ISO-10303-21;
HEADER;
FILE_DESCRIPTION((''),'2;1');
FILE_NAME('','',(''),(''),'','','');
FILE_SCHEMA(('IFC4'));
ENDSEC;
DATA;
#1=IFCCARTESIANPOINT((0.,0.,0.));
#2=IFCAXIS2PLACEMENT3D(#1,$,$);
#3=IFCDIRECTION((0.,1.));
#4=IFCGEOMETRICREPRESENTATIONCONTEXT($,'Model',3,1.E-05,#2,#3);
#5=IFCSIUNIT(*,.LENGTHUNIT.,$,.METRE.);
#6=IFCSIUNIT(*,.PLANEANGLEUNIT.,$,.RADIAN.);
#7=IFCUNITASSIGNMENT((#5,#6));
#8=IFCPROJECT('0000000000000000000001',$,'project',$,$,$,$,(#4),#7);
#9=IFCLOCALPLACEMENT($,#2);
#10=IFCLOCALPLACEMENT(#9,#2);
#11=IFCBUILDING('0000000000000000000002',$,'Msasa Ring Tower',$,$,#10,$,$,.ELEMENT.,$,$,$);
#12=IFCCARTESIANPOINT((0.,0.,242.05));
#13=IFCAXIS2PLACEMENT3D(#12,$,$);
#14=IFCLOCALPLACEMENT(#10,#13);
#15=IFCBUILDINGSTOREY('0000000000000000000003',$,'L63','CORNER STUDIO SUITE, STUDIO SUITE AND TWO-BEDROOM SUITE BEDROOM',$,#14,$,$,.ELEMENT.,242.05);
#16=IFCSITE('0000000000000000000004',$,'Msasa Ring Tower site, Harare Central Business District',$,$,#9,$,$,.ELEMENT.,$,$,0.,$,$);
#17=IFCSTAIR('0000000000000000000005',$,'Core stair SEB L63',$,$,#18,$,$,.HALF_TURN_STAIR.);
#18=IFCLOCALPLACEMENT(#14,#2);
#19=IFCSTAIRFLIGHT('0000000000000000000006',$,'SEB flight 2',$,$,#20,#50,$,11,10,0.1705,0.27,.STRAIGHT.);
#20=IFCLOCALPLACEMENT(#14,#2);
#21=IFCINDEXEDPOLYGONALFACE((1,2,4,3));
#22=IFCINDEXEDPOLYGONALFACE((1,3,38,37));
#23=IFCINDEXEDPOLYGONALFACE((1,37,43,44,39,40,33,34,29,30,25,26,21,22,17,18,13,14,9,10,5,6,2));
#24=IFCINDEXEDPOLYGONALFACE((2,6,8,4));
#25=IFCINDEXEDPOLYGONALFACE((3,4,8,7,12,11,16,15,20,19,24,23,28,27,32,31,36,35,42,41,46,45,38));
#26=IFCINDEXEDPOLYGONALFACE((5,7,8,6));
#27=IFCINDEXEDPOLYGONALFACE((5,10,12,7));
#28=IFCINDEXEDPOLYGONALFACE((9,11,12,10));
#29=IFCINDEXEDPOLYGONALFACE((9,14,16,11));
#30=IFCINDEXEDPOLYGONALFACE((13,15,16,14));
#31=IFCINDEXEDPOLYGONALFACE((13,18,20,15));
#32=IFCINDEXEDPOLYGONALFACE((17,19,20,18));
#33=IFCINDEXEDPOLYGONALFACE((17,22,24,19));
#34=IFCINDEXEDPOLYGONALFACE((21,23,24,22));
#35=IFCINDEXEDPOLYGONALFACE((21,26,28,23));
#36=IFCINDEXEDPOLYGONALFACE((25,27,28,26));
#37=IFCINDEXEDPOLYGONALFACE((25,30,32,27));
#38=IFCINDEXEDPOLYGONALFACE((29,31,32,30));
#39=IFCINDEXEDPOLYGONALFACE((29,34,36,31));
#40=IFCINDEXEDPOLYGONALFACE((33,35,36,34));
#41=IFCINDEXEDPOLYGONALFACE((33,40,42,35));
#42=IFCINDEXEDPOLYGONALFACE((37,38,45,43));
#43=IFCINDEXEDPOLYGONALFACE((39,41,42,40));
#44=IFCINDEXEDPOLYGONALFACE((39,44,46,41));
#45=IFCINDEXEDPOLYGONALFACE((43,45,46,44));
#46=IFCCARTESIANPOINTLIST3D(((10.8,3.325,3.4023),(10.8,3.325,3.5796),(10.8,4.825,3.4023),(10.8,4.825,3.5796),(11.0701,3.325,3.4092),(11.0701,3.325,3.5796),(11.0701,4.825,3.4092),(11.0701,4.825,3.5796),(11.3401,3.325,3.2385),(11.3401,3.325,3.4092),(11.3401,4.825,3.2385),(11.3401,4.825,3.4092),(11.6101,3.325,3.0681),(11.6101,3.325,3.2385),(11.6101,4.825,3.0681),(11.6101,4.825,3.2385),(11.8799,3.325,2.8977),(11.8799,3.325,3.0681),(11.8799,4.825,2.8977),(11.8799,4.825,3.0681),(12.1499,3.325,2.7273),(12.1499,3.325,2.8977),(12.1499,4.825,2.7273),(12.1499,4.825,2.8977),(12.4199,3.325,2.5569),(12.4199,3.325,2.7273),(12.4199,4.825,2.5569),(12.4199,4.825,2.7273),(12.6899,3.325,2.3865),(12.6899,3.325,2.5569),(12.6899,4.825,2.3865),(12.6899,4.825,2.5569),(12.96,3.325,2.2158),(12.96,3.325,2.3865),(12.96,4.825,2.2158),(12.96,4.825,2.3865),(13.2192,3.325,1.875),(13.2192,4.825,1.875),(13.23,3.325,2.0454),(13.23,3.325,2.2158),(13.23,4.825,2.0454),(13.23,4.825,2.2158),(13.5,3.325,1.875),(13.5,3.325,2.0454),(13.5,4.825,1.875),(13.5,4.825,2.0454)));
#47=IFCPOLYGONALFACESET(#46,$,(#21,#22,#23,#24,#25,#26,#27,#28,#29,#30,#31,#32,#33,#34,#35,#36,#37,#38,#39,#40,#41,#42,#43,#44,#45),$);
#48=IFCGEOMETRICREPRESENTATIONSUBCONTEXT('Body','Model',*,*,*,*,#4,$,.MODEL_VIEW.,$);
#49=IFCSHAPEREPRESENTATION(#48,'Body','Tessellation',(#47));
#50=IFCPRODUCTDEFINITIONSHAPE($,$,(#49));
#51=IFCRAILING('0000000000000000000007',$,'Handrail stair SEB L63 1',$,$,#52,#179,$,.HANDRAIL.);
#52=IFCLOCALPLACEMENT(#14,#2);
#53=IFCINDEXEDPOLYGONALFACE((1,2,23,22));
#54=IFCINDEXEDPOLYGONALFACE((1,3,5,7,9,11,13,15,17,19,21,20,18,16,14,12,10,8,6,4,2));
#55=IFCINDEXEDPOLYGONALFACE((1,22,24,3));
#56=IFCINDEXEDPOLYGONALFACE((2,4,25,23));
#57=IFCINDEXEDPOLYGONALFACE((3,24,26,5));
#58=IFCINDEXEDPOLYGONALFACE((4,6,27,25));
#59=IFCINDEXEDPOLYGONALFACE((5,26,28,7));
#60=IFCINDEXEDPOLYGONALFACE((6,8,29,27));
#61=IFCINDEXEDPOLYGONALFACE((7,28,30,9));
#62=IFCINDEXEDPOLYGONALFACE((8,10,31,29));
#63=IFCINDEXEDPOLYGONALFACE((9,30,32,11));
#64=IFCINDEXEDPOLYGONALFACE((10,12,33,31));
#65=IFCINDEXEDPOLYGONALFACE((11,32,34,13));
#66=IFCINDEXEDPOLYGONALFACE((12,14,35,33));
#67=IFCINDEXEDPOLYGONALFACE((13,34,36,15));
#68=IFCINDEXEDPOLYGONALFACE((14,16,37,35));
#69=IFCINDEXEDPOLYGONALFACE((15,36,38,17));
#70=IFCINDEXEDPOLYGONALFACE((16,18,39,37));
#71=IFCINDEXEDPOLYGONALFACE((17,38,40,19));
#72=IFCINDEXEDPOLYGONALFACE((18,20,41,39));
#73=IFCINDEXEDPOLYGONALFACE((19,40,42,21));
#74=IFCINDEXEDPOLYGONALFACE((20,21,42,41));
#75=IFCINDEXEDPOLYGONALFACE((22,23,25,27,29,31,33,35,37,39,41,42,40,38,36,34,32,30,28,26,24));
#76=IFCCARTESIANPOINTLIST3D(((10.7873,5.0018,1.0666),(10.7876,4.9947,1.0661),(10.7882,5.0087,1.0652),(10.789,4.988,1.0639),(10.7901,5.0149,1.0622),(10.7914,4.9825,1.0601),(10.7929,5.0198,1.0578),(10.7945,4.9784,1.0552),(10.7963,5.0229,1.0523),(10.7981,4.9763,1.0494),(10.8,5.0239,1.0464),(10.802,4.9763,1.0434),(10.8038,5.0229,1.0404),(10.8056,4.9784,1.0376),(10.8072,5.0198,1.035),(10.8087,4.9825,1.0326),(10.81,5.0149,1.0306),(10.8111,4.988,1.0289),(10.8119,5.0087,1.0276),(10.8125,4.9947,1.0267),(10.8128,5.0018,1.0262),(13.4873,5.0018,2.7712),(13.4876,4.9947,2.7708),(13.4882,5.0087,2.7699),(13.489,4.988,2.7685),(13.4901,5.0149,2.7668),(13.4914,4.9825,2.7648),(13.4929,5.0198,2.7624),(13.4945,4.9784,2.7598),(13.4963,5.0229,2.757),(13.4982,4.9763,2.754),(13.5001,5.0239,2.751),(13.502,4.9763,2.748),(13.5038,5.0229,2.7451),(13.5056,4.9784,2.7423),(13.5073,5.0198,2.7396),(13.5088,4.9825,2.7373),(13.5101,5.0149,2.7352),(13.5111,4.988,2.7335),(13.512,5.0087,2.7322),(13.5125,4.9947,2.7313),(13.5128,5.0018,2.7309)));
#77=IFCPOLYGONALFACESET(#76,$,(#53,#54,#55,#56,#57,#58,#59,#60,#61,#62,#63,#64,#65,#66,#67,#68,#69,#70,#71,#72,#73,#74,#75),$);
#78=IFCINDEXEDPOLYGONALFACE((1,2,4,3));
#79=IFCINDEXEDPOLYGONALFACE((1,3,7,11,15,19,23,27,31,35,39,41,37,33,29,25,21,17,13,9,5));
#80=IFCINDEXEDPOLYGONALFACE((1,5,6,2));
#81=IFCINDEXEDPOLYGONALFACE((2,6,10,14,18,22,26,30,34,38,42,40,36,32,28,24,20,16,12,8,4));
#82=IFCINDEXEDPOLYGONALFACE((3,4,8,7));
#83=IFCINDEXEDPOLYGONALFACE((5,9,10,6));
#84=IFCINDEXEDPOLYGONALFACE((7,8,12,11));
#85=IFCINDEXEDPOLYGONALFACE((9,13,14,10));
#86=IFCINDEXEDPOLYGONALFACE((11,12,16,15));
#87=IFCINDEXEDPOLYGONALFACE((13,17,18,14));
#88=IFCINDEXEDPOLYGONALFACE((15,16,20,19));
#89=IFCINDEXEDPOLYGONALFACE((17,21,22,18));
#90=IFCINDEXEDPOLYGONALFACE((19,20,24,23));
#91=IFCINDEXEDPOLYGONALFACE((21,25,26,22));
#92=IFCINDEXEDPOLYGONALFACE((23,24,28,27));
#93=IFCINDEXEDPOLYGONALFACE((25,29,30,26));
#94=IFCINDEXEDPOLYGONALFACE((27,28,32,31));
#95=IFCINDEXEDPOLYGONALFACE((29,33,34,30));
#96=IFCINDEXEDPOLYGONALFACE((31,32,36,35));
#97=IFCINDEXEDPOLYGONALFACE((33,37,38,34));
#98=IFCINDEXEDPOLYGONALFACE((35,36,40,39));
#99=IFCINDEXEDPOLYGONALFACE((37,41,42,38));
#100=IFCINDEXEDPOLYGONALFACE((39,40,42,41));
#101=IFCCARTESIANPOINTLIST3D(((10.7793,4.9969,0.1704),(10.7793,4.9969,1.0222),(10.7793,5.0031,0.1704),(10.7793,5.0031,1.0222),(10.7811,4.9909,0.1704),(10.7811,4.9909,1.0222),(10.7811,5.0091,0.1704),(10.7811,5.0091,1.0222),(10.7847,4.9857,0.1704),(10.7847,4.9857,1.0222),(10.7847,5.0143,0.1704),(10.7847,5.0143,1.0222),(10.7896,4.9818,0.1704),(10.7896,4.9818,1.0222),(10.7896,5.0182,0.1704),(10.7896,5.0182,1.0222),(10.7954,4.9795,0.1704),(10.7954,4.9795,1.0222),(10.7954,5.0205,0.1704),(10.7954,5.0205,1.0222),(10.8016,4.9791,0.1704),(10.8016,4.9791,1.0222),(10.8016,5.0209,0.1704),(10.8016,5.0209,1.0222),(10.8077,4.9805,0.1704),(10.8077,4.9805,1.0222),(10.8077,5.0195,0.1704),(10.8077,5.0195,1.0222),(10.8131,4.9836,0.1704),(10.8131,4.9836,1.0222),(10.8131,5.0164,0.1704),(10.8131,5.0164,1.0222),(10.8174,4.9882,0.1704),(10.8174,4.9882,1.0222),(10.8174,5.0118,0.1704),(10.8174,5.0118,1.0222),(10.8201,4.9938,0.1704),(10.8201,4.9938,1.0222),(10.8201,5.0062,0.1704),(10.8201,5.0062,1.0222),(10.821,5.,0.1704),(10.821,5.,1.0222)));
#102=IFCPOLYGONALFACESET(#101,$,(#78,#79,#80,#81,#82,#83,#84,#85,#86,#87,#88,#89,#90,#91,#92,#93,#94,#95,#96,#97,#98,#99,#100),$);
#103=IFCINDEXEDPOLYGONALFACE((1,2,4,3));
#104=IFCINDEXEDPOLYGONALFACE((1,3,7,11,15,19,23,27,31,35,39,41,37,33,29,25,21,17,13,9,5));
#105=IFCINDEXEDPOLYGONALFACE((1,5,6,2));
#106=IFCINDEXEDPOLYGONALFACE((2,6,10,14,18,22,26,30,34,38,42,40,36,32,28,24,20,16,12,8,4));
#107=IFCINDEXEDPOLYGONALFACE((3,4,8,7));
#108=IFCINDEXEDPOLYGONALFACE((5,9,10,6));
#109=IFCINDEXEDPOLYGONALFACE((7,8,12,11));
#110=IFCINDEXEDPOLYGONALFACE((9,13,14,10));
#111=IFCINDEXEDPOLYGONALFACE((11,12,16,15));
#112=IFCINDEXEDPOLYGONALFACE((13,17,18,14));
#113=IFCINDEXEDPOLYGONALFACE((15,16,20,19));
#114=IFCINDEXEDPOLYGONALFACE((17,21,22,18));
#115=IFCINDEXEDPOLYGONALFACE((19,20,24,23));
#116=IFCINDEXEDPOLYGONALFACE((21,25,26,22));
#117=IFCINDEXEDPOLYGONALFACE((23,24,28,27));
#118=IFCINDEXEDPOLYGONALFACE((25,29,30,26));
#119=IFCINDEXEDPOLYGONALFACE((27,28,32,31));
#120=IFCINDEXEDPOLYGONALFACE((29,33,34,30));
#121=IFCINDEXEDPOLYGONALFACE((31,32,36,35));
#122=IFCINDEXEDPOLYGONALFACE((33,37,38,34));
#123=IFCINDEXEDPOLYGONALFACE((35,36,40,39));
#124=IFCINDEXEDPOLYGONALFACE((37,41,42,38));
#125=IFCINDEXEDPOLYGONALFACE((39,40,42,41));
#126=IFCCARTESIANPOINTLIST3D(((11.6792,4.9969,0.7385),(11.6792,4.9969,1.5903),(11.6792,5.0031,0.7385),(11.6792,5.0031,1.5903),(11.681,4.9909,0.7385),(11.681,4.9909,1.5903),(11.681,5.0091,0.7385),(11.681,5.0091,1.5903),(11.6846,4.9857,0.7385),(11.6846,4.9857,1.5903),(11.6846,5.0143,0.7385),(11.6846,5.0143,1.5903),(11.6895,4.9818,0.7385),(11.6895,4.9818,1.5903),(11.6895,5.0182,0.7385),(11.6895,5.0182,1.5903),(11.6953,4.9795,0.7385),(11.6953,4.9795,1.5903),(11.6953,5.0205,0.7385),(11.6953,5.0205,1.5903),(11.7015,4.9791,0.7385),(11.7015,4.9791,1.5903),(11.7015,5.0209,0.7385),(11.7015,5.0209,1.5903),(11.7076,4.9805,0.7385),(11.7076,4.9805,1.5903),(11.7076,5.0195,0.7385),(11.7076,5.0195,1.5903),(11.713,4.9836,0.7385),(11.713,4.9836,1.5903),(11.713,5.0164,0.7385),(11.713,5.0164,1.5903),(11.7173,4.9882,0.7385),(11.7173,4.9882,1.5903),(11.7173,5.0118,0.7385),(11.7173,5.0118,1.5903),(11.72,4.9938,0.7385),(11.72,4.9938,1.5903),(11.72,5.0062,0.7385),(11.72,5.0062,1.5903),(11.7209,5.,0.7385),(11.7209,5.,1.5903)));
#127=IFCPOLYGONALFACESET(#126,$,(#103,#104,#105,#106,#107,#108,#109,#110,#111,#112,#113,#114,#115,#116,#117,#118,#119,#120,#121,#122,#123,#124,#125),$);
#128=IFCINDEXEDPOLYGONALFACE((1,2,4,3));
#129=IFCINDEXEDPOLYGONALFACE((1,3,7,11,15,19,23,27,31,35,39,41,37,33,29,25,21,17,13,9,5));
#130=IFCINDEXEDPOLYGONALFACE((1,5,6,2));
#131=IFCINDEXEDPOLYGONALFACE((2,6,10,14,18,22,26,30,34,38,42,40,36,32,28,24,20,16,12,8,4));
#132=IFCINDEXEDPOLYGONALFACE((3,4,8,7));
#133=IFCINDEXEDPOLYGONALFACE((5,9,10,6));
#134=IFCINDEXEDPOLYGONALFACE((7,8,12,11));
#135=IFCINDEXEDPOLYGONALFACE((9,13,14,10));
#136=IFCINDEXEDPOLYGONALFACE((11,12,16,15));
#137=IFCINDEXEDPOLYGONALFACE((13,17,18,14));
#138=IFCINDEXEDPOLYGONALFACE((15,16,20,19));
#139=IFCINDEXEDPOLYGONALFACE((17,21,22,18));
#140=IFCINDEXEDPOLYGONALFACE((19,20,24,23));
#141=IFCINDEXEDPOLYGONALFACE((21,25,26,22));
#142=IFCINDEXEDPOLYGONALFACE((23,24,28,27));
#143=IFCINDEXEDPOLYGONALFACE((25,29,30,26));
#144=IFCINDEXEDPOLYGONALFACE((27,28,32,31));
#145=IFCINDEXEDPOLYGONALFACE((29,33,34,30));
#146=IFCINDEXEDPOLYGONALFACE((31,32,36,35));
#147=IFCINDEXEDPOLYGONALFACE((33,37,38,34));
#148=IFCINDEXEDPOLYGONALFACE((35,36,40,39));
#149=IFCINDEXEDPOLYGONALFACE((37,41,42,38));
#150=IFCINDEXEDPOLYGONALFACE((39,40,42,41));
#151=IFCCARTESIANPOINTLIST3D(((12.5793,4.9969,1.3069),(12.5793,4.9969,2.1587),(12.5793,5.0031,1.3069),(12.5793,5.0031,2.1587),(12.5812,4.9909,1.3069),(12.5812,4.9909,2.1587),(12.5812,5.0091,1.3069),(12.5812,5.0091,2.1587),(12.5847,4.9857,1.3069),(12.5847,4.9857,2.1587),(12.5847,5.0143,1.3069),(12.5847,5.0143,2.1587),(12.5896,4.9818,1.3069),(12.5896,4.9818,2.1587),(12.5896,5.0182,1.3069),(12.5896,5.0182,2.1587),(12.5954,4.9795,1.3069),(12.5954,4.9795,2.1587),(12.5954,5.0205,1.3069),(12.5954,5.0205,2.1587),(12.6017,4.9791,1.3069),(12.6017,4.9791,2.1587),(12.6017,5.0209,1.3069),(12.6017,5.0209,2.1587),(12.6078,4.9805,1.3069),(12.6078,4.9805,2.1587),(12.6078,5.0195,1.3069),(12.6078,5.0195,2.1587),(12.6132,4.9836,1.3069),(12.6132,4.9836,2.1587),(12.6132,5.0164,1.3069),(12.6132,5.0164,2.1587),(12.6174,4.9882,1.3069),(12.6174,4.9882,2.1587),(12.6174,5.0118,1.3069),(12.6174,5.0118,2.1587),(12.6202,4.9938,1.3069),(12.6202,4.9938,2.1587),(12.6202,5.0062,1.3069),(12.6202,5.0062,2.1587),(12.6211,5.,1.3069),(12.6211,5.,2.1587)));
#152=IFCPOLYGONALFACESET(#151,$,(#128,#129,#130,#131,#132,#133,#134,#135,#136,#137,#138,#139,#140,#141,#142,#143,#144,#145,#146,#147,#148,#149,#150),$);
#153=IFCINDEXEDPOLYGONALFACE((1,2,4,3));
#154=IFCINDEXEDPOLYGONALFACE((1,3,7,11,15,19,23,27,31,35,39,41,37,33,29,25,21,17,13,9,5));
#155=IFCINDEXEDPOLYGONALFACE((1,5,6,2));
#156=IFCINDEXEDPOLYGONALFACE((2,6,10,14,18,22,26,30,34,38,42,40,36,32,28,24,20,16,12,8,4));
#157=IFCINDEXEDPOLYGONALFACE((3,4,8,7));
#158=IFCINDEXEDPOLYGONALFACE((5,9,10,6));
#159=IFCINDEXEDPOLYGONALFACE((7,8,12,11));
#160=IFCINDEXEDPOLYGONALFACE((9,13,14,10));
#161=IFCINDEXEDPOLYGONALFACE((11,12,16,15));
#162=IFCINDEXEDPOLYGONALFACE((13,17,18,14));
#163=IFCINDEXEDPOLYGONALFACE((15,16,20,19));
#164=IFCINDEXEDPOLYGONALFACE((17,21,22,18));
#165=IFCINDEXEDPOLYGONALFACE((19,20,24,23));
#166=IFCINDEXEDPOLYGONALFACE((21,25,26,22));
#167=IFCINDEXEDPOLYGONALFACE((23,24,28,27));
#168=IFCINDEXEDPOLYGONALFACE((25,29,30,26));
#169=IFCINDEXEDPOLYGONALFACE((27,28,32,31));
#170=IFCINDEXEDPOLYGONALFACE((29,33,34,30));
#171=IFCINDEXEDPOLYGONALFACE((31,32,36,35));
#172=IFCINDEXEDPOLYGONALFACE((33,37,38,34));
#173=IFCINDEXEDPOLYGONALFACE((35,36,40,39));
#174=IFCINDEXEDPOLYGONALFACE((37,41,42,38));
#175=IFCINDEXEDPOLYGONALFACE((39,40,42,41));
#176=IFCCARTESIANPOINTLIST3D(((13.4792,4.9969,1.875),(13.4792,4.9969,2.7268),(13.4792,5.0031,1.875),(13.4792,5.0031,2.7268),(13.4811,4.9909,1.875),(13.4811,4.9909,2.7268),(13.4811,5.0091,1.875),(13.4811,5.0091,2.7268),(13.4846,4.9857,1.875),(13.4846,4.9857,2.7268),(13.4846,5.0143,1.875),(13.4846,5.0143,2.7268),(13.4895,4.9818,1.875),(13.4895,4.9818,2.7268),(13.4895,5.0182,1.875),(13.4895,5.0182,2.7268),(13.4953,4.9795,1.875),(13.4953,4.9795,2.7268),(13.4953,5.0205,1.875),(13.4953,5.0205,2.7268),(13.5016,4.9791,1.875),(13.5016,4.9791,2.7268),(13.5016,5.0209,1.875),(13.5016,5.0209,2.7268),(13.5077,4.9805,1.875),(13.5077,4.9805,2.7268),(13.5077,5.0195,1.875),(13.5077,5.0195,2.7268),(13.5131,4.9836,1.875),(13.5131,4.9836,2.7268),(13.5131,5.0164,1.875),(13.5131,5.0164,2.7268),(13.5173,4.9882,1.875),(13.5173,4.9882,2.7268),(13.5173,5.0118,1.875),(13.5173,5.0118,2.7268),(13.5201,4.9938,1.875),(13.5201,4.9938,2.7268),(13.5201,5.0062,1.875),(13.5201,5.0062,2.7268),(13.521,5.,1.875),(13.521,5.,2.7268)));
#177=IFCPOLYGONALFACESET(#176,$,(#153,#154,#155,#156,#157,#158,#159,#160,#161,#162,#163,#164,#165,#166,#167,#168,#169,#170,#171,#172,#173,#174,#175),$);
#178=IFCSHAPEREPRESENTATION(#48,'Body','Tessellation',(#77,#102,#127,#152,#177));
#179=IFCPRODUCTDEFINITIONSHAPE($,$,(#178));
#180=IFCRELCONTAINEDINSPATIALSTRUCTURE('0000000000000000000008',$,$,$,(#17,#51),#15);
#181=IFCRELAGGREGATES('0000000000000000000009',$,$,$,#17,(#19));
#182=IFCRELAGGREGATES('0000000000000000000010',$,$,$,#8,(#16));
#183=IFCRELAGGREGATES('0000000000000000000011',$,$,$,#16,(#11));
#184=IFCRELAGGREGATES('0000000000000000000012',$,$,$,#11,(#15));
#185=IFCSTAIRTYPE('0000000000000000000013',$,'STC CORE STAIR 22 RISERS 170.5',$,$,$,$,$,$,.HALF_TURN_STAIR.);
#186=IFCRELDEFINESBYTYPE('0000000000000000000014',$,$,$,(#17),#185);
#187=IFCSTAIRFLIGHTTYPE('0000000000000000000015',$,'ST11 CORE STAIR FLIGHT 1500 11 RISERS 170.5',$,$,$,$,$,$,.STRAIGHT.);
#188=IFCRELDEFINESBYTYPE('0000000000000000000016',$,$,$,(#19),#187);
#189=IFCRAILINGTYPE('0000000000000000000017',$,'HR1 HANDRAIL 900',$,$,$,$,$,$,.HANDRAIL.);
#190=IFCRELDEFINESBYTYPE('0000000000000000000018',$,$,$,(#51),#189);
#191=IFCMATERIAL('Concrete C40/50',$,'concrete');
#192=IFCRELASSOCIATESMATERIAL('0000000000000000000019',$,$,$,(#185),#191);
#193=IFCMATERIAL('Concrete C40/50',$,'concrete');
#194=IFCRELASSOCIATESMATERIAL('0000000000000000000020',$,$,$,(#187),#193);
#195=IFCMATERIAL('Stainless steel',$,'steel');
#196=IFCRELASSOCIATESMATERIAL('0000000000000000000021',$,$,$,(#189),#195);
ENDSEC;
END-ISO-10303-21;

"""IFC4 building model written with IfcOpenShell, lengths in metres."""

from ifc_helpers import new_model, si_unit, direction, frame, origin, origin_2d, place, context, subcontext, project, spatial, polyline, circle, outline, extrude, material, type_object, element, aggregate, save


model = new_model("IFC4")

# Units and contexts
model_context = context("Model", 3, precision=1e-05, world=origin(), true_north=direction((0.0, 1.0)))
body_context = subcontext(model_context, "Body", "Model", "MODEL_VIEW")
ifc_project = project(units=[si_unit("LENGTHUNIT", "METRE"), si_unit("PLANEANGLEUNIT", "RADIAN")], contexts=[model_context])

# Site, building, storey
site_placement = place(None, origin())
site = spatial("IfcSite", under=ifc_project, at=site_placement, Name="Msasa Ring Tower site, Harare Central Business District", CompositionType="ELEMENT", RefElevation=0.0)
building_placement = place(site_placement, origin())
building = spatial("IfcBuilding", under=site, at=building_placement, Name="Msasa Ring Tower", CompositionType="ELEMENT")
storey_placement = place(building_placement, frame((0.0, 0.0, 242.05)))
storey = spatial("IfcBuildingStorey", under=building, at=storey_placement, Name="L63", Description="CORNER STUDIO SUITE, STUDIO SUITE AND TWO-BEDROOM SUITE BEDROOM", CompositionType="ELEMENT", Elevation=242.05)

# Stair, stair flight
ifc_material_1 = material(Name="Concrete C40/50", Category="concrete")
stair_type = type_object("IfcStairType", Name="STC CORE STAIR 22 RISERS 170.5", PredefinedType="HALF_TURN_STAIR", material=ifc_material_1)
stair_placement = place(storey_placement, origin())
stair = element("IfcStair", 1, at=stair_placement, inside=storey, type_object=stair_type, Name="Core stair SEB L63", PredefinedType="HALF_TURN_STAIR")
ifc_material_2 = material(Name="Concrete C40/50", Category="concrete")
stair_flight_type = type_object("IfcStairFlightType", Name="ST11 CORE STAIR FLIGHT 1500 11 RISERS 170.5", PredefinedType="STRAIGHT", material=ifc_material_2)
stair_flight_1_placement = place(storey_placement, frame((13.5, 4.075, 1.875), z_axis=(0.0, 0.0, 1.0), x_axis=(-1.0, 0.0, 0.0)))
stair_flight_1 = element("IfcStairFlight", 2, at=stair_flight_1_placement, type_object=stair_flight_type, Name="SEB flight 2", NumberOfRisers=11, NumberOfTreads=10, PredefinedType="STRAIGHT", RiserHeight=0.1705, TreadLength=0.27, context=body_context, shape_type="SweptSolid", body=[
    extrude(outline(polyline([(0.0, 0.0), (0.0, 0.1704), (0.27, 0.1704), (0.27, 0.3408), (0.54, 0.3408), (0.54, 0.5115), (0.8101, 0.5115), (0.8101, 0.6819), (1.0801, 0.6819), (1.0801, 0.8523), (1.3501, 0.8523), (1.3501, 1.0227), (1.6201, 1.0227), (1.6201, 1.1931), (1.8899, 1.1931), (1.8899, 1.3635), (2.1599, 1.3635), (2.1599, 1.5342), (2.4299, 1.5342), (2.4299, 1.7046), (2.7, 1.7046), (2.7, 1.875), (2.7, 1.5273), (0.2808, 0.0), (0.0, 0.0)])), frame((0.0, 0.75, 0.0), z_axis=(0.0, -1.0, 0.0), x_axis=(1.0, 0.0, 0.0)), (0.0, 0.0, 1.0), 1.5),
])
aggregate(stair, [stair_flight_1])

# Railing
ifc_material_3 = material(Name="Stainless steel", Category="steel")
railing_type = type_object("IfcRailingType", Name="HR1 HANDRAIL 900", PredefinedType="HANDRAIL", material=ifc_material_3)
for number, where, name in (
    (3, (10.8, 5.0, 0.1704), "Handrail stair SEB L63 1"),
):
    element("IfcRailing", number, at=place(storey_placement, frame(where)), inside=storey, type_object=railing_type, Name=name, PredefinedType="HANDRAIL", context=body_context, shape_type="SweptSolid", body=[
        extrude(circle(Radius=0.0239, at=origin_2d()), frame((0.0, 0.0, 0.876), z_axis=(0.84558, 0.0, 0.533849), x_axis=(0.0, 1.0, 0.0)), (0.0, 0.0, 1.0), 3.1931),
        extrude(circle(Radius=0.021, at=origin_2d()), origin(), (0.0, 0.0, 1.0), 0.8518),
        extrude(circle(Radius=0.021, at=origin_2d()), frame((0.8999, 0.0, 0.5681)), (0.0, 0.0, 1.0), 0.8518),
        extrude(circle(Radius=0.021, at=origin_2d()), frame((1.8, 0.0, 1.1365)), (0.0, 0.0, 1.0), 0.8518),
        extrude(circle(Radius=0.021, at=origin_2d()), frame((2.7, 0.0, 1.7046)), (0.0, 0.0, 1.0), 0.8518),
    ])

save(model, "model.ifc")
